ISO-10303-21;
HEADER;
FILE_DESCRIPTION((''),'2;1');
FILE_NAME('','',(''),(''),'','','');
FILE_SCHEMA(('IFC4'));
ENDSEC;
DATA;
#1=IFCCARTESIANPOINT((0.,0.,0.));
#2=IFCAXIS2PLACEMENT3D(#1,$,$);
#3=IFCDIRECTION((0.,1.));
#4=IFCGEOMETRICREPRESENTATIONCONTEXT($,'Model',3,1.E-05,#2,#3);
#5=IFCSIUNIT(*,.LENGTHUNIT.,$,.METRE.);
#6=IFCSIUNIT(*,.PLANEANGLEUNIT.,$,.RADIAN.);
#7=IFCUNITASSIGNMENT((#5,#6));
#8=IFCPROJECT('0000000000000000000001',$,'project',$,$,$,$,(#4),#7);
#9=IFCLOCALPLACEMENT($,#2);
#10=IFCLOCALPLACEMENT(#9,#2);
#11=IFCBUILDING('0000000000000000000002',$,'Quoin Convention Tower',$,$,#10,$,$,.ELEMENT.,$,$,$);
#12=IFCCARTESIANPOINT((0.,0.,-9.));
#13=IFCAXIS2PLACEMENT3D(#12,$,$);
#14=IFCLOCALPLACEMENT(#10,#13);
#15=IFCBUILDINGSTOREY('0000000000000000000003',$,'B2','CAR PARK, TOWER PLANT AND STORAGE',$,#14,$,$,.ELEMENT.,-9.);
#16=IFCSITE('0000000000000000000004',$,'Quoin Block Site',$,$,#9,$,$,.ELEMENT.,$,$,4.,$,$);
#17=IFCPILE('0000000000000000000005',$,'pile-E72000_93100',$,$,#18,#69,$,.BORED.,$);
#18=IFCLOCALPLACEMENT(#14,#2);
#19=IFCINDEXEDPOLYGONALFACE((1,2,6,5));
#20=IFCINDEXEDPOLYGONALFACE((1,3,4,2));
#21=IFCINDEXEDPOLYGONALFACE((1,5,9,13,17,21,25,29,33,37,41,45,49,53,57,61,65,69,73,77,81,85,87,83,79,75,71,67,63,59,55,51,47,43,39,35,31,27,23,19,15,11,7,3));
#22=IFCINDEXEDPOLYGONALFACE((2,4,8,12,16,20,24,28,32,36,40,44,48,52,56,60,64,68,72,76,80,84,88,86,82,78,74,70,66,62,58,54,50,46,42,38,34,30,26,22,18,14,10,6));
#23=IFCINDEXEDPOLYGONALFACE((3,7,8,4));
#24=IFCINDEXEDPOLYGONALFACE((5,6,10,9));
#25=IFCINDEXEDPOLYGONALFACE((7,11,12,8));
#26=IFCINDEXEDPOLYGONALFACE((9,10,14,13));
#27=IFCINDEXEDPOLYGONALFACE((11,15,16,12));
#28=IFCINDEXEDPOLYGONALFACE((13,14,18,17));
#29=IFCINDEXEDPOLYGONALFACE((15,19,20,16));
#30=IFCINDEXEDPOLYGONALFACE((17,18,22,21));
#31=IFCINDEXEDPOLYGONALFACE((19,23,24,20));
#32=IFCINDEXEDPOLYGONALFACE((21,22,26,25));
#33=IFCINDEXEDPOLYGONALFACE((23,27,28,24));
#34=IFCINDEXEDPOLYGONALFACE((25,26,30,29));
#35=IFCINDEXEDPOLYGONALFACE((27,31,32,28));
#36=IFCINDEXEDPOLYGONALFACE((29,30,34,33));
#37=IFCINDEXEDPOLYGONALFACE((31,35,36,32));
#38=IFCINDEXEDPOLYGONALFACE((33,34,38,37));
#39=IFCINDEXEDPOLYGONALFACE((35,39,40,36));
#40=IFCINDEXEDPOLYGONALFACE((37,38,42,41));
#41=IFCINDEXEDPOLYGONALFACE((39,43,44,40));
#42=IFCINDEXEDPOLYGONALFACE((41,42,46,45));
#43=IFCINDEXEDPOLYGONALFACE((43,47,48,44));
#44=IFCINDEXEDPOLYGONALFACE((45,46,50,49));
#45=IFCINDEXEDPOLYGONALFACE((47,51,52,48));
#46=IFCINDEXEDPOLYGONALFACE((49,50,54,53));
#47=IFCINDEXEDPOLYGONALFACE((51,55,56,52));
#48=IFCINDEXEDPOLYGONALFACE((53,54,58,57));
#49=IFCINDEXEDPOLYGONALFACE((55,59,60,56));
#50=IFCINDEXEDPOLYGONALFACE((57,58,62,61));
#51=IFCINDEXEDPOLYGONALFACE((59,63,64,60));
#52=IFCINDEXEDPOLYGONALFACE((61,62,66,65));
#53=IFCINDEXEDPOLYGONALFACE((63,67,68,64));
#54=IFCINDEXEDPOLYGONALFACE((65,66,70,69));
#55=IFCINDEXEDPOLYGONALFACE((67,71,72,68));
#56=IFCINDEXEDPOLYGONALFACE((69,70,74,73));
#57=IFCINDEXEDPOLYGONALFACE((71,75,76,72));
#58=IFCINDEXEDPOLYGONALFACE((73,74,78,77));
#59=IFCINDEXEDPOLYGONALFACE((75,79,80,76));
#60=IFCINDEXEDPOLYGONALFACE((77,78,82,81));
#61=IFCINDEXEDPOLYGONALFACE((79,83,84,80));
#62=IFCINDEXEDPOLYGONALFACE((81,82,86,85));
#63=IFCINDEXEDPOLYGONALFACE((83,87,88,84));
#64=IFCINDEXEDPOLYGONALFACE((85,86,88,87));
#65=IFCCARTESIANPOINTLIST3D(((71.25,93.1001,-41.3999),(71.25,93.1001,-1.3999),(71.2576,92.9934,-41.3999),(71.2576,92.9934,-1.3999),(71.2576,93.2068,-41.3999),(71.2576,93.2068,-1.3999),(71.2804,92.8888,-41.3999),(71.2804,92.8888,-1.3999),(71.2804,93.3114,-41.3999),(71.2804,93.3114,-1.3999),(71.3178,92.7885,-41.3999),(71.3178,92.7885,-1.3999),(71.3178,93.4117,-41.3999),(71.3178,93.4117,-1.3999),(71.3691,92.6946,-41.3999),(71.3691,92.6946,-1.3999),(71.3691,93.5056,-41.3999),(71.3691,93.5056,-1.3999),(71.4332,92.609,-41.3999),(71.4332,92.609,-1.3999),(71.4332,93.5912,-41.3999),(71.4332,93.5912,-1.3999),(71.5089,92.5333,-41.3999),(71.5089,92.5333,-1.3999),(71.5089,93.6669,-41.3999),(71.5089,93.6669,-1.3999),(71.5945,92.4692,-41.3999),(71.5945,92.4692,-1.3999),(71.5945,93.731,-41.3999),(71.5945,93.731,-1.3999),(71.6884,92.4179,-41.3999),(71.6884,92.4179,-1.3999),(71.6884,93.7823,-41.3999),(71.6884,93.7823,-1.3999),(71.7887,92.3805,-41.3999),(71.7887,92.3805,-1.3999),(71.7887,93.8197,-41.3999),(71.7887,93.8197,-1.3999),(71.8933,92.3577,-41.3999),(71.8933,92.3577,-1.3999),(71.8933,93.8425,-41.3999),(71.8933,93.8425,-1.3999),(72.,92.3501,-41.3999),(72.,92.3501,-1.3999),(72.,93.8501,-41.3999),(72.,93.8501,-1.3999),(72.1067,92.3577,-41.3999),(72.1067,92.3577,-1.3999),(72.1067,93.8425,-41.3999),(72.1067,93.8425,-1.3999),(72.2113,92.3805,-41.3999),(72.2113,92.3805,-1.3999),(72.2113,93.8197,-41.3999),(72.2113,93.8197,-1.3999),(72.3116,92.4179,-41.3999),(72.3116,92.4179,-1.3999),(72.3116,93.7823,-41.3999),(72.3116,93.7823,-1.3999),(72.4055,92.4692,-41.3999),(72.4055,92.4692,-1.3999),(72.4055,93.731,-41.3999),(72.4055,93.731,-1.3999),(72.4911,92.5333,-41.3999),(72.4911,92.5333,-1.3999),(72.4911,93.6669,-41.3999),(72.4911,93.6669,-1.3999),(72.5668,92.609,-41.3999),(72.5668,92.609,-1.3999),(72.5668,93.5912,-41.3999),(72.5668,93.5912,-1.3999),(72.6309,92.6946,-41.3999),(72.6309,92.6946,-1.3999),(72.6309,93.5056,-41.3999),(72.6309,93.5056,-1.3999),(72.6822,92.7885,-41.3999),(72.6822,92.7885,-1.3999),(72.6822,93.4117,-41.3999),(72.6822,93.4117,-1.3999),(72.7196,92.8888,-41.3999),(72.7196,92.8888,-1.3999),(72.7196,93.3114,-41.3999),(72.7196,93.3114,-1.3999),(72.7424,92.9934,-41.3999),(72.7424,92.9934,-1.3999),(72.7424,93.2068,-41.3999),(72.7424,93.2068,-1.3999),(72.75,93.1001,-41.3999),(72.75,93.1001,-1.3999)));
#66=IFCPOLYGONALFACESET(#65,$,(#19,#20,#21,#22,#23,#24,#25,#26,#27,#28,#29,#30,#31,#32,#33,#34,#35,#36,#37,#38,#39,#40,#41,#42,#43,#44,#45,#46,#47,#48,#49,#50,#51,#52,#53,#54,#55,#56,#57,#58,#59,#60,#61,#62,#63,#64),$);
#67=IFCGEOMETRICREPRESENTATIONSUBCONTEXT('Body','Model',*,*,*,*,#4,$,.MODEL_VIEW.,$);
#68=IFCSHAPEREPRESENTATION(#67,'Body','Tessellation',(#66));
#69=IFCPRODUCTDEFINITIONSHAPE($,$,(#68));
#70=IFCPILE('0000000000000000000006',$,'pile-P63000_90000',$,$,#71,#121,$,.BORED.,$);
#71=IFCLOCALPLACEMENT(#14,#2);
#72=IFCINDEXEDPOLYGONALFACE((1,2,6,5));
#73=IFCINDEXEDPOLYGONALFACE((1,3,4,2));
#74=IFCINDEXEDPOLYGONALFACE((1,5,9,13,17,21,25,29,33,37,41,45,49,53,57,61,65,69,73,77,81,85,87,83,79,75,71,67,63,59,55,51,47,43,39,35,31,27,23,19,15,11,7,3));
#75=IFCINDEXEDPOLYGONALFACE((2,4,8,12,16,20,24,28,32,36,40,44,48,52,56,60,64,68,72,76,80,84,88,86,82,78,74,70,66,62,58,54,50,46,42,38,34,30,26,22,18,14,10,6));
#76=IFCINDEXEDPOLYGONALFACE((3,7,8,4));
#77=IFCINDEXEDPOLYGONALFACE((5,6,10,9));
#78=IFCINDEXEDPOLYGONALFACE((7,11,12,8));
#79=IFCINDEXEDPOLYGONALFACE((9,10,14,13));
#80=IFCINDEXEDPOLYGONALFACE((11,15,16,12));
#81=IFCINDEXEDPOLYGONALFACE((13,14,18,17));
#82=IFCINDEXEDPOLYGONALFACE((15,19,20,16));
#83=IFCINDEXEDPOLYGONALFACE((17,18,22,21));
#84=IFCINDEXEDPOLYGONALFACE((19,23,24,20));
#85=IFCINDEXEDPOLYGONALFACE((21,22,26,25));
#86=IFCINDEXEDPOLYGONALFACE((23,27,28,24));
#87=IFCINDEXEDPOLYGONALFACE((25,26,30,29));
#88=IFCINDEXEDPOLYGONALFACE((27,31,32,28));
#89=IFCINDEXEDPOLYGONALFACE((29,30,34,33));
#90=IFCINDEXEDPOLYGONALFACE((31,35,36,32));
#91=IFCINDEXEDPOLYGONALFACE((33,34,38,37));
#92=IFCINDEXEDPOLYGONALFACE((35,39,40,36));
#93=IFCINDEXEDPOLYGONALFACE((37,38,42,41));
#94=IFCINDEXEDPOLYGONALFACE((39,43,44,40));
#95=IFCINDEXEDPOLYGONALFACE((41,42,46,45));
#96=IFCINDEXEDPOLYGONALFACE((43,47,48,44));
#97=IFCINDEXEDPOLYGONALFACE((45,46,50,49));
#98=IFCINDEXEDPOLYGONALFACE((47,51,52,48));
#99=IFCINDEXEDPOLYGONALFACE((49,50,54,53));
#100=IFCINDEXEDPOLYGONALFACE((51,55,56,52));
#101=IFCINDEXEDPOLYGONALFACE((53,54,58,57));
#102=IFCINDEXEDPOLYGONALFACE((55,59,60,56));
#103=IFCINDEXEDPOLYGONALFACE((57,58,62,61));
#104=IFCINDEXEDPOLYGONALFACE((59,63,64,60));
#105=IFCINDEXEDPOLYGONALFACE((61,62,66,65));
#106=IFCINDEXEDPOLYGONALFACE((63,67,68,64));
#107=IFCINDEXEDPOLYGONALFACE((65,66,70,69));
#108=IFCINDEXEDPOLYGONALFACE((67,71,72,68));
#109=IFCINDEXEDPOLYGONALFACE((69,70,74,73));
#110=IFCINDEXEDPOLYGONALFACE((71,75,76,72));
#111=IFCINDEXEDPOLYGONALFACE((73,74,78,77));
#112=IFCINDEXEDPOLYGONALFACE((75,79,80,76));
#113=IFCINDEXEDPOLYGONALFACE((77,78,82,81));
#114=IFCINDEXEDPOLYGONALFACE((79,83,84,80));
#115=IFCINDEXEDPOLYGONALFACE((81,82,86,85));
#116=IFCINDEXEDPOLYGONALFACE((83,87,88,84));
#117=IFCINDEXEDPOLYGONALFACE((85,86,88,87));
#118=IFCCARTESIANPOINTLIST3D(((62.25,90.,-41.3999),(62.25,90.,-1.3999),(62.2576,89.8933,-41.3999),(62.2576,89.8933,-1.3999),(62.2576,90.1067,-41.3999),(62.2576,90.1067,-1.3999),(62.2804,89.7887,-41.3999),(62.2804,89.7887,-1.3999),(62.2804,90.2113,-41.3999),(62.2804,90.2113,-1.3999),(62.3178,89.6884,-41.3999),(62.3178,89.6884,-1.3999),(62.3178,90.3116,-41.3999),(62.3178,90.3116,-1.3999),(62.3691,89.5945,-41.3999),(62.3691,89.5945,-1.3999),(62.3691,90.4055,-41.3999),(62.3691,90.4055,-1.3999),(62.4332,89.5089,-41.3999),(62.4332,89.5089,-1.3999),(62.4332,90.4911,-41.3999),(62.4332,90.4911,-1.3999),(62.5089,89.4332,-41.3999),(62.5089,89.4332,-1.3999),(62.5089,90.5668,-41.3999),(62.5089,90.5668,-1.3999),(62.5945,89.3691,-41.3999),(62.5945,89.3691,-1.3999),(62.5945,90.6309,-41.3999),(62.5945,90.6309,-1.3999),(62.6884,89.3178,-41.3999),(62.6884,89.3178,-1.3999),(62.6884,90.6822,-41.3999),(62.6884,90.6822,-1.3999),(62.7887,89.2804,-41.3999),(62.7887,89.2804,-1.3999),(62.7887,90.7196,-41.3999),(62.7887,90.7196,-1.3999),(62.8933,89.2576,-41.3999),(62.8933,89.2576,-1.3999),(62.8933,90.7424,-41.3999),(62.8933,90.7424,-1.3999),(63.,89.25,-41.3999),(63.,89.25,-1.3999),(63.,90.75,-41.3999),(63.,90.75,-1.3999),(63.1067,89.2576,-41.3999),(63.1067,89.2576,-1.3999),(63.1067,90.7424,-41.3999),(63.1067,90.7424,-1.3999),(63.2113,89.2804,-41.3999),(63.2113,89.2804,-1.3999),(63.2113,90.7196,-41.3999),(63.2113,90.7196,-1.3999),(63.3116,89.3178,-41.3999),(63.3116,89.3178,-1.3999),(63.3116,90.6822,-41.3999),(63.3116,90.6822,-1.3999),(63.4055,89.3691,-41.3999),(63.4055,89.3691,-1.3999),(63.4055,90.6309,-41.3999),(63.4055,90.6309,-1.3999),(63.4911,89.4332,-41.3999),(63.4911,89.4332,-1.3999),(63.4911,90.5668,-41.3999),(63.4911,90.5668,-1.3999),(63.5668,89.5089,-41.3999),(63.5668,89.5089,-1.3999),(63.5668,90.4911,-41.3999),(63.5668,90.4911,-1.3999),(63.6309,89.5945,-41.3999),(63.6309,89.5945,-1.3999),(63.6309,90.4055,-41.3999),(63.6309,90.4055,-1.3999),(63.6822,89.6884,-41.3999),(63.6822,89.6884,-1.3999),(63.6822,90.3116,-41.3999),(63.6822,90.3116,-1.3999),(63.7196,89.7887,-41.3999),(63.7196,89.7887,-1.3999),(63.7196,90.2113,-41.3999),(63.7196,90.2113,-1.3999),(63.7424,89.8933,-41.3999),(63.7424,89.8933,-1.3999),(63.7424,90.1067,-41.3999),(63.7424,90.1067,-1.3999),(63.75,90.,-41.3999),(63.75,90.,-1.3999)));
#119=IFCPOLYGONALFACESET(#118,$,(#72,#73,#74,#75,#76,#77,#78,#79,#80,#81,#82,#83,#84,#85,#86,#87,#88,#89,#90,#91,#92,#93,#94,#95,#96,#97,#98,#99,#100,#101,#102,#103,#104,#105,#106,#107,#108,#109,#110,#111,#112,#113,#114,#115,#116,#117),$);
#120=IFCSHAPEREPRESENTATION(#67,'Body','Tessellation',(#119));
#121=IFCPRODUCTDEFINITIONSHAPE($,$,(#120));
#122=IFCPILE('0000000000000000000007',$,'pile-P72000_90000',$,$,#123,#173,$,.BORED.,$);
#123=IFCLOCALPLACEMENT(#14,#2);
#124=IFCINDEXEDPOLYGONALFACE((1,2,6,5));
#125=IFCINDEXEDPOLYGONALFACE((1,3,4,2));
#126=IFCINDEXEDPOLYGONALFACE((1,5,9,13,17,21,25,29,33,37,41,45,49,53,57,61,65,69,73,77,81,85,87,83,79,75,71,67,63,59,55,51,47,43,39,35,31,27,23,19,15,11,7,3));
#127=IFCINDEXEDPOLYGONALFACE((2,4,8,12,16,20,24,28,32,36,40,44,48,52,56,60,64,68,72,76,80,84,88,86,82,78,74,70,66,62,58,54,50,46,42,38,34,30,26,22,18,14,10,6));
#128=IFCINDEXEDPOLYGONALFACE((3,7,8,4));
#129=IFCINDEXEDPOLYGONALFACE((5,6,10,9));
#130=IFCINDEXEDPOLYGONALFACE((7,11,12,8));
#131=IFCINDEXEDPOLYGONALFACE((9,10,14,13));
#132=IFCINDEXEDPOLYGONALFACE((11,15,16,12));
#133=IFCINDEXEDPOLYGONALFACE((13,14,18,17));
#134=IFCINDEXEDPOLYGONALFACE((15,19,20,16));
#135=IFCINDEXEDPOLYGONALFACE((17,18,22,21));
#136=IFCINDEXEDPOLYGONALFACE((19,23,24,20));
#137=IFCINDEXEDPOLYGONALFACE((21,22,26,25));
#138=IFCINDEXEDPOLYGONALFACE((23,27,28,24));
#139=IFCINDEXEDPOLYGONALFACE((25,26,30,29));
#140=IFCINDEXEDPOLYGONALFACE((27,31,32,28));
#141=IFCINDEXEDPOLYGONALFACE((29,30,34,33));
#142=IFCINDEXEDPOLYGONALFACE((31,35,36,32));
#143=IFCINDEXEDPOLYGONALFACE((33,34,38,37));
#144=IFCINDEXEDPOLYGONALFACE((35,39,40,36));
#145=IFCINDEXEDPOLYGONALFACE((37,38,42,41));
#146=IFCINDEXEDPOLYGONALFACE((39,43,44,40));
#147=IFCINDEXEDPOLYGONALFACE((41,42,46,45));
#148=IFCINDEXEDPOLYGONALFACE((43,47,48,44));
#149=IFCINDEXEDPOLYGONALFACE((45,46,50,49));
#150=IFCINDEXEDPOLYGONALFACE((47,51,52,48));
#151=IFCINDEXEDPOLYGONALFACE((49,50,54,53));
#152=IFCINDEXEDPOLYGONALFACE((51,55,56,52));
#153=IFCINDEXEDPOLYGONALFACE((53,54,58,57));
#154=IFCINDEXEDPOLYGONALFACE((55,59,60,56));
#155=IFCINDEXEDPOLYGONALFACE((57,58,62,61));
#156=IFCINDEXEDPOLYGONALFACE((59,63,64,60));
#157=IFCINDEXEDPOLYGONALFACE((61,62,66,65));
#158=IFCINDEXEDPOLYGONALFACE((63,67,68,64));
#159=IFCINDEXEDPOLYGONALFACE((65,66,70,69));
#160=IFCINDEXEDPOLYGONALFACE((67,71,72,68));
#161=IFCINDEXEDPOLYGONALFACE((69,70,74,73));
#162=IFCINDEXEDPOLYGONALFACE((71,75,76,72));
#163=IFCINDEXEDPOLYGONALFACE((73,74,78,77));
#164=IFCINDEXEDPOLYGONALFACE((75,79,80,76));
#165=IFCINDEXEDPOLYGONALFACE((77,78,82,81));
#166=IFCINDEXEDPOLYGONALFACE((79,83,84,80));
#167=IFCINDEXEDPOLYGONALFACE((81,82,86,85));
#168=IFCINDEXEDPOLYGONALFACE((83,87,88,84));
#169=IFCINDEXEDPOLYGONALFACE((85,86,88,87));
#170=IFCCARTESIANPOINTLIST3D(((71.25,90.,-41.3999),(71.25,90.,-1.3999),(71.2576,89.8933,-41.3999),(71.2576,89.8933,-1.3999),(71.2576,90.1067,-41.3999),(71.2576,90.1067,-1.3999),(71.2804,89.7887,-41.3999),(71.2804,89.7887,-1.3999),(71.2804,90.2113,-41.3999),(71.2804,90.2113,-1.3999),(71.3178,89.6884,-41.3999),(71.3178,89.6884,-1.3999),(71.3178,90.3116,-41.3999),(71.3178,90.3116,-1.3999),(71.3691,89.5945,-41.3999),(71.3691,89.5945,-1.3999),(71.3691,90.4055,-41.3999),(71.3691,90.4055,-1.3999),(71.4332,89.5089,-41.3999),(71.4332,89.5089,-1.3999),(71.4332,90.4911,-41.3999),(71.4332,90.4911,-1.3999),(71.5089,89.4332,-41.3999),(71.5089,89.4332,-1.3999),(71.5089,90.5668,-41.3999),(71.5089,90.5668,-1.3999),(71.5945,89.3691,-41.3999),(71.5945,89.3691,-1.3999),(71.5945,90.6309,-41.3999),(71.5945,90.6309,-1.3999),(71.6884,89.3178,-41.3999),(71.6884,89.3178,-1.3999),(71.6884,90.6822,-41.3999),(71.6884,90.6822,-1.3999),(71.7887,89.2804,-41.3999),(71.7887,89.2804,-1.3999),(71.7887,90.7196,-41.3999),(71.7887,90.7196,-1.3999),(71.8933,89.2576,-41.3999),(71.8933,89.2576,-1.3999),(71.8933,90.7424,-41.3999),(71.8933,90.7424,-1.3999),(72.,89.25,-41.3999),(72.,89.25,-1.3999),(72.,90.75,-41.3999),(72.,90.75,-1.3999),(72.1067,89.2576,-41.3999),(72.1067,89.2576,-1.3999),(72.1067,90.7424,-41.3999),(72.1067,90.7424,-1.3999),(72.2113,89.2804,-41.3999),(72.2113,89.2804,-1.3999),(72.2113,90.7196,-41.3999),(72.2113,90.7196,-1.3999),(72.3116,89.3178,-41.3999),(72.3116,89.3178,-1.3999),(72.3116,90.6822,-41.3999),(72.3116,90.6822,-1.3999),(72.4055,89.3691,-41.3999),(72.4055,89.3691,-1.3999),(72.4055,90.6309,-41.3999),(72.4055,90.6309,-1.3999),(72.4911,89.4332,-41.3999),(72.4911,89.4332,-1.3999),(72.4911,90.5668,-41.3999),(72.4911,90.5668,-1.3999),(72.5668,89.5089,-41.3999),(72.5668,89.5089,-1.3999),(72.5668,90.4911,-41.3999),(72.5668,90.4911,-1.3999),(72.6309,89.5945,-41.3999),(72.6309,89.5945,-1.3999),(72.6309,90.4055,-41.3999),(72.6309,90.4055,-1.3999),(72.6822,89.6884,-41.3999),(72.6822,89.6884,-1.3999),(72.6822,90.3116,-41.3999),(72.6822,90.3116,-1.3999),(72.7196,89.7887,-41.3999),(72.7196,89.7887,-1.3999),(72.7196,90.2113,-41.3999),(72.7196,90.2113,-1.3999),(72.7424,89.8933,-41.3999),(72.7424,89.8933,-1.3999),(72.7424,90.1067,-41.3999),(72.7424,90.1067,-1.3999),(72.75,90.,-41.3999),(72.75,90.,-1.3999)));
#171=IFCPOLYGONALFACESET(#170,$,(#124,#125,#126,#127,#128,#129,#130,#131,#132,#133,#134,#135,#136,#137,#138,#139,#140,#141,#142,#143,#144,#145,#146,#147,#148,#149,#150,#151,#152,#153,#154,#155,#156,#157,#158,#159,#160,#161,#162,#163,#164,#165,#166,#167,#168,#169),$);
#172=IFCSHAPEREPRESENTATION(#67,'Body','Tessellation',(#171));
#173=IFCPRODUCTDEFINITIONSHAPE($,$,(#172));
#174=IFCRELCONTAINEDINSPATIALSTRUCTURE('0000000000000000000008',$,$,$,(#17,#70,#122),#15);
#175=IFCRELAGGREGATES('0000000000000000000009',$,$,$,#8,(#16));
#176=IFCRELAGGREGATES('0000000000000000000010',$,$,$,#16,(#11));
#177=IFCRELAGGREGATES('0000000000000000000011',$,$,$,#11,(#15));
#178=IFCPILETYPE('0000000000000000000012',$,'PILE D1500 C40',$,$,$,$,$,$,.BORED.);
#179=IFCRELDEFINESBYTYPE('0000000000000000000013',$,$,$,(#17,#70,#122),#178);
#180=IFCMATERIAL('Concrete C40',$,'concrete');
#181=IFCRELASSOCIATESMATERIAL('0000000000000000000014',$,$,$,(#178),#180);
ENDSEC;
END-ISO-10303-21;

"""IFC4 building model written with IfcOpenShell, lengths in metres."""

from ifc_helpers import new_model, si_unit, direction, frame, origin, origin_2d, place, context, subcontext, project, spatial, circle, extrude, material, material_profile, profile_set, type_object, element, save


model = new_model("IFC4")

# Units and contexts
model_context = context("Model", 3, precision=1e-05, world=origin(), true_north=direction((0.0, 1.0)))
body_context = subcontext(model_context, "Body", "Model", "MODEL_VIEW")
ifc_project = project(units=[si_unit("LENGTHUNIT", "METRE"), si_unit("PLANEANGLEUNIT", "RADIAN")], contexts=[model_context])

# Site, building, storey
site_placement = place(None, origin())
site = spatial("IfcSite", under=ifc_project, at=site_placement, Name="Quoin Block Site", CompositionType="ELEMENT", RefElevation=4.0)
building_placement = place(site_placement, origin())
building = spatial("IfcBuilding", under=site, at=building_placement, Name="Quoin Convention Tower", CompositionType="ELEMENT")
storey_placement = place(building_placement, frame((0.0, 0.0, -9.0)))
storey = spatial("IfcBuildingStorey", under=building, at=storey_placement, Name="B2", Description="CAR PARK, TOWER PLANT AND STORAGE", CompositionType="ELEMENT", Elevation=-9.0)

# Piles
ifc_material_1 = material(Name="Concrete C40", Category="concrete")
ifc_material_profile_1 = material_profile(ifc_material_1, circle(Radius=0.75, at=origin_2d()), Name="D1500")
ifc_profile_set_1 = profile_set([ifc_material_profile_1], Name="Concrete C40")
pile_type = type_object("IfcPileType", Name="PILE D1500 C40", PredefinedType="BORED", material=ifc_profile_set_1)
for number, where, z_axis, x_axis, name in (
    (1, (72.0, 93.1001, -1.3999), (0.0, 0.0, -1.0), (1.0, 0.0, 0.0), "pile-E72000_93100"),
    (2, (63.0, 90.0, -1.3999), (0.0, 0.0, -1.0), (1.0, 0.0, 0.0), "pile-P63000_90000"),
    (3, (72.0, 90.0, -1.3999), (0.0, 0.0, -1.0), (1.0, 0.0, 0.0), "pile-P72000_90000"),
):
    element("IfcPile", number, at=place(storey_placement, frame(where, z_axis=z_axis, x_axis=x_axis)), inside=storey, type_object=pile_type, Name=name, PredefinedType="BORED", context=body_context, shape_type="SweptSolid", body=[
        extrude(circle(Radius=0.75, at=origin_2d()), origin(), (0.0, 0.0, 1.0), 40.0),
    ])

save(model, "model.ifc")
